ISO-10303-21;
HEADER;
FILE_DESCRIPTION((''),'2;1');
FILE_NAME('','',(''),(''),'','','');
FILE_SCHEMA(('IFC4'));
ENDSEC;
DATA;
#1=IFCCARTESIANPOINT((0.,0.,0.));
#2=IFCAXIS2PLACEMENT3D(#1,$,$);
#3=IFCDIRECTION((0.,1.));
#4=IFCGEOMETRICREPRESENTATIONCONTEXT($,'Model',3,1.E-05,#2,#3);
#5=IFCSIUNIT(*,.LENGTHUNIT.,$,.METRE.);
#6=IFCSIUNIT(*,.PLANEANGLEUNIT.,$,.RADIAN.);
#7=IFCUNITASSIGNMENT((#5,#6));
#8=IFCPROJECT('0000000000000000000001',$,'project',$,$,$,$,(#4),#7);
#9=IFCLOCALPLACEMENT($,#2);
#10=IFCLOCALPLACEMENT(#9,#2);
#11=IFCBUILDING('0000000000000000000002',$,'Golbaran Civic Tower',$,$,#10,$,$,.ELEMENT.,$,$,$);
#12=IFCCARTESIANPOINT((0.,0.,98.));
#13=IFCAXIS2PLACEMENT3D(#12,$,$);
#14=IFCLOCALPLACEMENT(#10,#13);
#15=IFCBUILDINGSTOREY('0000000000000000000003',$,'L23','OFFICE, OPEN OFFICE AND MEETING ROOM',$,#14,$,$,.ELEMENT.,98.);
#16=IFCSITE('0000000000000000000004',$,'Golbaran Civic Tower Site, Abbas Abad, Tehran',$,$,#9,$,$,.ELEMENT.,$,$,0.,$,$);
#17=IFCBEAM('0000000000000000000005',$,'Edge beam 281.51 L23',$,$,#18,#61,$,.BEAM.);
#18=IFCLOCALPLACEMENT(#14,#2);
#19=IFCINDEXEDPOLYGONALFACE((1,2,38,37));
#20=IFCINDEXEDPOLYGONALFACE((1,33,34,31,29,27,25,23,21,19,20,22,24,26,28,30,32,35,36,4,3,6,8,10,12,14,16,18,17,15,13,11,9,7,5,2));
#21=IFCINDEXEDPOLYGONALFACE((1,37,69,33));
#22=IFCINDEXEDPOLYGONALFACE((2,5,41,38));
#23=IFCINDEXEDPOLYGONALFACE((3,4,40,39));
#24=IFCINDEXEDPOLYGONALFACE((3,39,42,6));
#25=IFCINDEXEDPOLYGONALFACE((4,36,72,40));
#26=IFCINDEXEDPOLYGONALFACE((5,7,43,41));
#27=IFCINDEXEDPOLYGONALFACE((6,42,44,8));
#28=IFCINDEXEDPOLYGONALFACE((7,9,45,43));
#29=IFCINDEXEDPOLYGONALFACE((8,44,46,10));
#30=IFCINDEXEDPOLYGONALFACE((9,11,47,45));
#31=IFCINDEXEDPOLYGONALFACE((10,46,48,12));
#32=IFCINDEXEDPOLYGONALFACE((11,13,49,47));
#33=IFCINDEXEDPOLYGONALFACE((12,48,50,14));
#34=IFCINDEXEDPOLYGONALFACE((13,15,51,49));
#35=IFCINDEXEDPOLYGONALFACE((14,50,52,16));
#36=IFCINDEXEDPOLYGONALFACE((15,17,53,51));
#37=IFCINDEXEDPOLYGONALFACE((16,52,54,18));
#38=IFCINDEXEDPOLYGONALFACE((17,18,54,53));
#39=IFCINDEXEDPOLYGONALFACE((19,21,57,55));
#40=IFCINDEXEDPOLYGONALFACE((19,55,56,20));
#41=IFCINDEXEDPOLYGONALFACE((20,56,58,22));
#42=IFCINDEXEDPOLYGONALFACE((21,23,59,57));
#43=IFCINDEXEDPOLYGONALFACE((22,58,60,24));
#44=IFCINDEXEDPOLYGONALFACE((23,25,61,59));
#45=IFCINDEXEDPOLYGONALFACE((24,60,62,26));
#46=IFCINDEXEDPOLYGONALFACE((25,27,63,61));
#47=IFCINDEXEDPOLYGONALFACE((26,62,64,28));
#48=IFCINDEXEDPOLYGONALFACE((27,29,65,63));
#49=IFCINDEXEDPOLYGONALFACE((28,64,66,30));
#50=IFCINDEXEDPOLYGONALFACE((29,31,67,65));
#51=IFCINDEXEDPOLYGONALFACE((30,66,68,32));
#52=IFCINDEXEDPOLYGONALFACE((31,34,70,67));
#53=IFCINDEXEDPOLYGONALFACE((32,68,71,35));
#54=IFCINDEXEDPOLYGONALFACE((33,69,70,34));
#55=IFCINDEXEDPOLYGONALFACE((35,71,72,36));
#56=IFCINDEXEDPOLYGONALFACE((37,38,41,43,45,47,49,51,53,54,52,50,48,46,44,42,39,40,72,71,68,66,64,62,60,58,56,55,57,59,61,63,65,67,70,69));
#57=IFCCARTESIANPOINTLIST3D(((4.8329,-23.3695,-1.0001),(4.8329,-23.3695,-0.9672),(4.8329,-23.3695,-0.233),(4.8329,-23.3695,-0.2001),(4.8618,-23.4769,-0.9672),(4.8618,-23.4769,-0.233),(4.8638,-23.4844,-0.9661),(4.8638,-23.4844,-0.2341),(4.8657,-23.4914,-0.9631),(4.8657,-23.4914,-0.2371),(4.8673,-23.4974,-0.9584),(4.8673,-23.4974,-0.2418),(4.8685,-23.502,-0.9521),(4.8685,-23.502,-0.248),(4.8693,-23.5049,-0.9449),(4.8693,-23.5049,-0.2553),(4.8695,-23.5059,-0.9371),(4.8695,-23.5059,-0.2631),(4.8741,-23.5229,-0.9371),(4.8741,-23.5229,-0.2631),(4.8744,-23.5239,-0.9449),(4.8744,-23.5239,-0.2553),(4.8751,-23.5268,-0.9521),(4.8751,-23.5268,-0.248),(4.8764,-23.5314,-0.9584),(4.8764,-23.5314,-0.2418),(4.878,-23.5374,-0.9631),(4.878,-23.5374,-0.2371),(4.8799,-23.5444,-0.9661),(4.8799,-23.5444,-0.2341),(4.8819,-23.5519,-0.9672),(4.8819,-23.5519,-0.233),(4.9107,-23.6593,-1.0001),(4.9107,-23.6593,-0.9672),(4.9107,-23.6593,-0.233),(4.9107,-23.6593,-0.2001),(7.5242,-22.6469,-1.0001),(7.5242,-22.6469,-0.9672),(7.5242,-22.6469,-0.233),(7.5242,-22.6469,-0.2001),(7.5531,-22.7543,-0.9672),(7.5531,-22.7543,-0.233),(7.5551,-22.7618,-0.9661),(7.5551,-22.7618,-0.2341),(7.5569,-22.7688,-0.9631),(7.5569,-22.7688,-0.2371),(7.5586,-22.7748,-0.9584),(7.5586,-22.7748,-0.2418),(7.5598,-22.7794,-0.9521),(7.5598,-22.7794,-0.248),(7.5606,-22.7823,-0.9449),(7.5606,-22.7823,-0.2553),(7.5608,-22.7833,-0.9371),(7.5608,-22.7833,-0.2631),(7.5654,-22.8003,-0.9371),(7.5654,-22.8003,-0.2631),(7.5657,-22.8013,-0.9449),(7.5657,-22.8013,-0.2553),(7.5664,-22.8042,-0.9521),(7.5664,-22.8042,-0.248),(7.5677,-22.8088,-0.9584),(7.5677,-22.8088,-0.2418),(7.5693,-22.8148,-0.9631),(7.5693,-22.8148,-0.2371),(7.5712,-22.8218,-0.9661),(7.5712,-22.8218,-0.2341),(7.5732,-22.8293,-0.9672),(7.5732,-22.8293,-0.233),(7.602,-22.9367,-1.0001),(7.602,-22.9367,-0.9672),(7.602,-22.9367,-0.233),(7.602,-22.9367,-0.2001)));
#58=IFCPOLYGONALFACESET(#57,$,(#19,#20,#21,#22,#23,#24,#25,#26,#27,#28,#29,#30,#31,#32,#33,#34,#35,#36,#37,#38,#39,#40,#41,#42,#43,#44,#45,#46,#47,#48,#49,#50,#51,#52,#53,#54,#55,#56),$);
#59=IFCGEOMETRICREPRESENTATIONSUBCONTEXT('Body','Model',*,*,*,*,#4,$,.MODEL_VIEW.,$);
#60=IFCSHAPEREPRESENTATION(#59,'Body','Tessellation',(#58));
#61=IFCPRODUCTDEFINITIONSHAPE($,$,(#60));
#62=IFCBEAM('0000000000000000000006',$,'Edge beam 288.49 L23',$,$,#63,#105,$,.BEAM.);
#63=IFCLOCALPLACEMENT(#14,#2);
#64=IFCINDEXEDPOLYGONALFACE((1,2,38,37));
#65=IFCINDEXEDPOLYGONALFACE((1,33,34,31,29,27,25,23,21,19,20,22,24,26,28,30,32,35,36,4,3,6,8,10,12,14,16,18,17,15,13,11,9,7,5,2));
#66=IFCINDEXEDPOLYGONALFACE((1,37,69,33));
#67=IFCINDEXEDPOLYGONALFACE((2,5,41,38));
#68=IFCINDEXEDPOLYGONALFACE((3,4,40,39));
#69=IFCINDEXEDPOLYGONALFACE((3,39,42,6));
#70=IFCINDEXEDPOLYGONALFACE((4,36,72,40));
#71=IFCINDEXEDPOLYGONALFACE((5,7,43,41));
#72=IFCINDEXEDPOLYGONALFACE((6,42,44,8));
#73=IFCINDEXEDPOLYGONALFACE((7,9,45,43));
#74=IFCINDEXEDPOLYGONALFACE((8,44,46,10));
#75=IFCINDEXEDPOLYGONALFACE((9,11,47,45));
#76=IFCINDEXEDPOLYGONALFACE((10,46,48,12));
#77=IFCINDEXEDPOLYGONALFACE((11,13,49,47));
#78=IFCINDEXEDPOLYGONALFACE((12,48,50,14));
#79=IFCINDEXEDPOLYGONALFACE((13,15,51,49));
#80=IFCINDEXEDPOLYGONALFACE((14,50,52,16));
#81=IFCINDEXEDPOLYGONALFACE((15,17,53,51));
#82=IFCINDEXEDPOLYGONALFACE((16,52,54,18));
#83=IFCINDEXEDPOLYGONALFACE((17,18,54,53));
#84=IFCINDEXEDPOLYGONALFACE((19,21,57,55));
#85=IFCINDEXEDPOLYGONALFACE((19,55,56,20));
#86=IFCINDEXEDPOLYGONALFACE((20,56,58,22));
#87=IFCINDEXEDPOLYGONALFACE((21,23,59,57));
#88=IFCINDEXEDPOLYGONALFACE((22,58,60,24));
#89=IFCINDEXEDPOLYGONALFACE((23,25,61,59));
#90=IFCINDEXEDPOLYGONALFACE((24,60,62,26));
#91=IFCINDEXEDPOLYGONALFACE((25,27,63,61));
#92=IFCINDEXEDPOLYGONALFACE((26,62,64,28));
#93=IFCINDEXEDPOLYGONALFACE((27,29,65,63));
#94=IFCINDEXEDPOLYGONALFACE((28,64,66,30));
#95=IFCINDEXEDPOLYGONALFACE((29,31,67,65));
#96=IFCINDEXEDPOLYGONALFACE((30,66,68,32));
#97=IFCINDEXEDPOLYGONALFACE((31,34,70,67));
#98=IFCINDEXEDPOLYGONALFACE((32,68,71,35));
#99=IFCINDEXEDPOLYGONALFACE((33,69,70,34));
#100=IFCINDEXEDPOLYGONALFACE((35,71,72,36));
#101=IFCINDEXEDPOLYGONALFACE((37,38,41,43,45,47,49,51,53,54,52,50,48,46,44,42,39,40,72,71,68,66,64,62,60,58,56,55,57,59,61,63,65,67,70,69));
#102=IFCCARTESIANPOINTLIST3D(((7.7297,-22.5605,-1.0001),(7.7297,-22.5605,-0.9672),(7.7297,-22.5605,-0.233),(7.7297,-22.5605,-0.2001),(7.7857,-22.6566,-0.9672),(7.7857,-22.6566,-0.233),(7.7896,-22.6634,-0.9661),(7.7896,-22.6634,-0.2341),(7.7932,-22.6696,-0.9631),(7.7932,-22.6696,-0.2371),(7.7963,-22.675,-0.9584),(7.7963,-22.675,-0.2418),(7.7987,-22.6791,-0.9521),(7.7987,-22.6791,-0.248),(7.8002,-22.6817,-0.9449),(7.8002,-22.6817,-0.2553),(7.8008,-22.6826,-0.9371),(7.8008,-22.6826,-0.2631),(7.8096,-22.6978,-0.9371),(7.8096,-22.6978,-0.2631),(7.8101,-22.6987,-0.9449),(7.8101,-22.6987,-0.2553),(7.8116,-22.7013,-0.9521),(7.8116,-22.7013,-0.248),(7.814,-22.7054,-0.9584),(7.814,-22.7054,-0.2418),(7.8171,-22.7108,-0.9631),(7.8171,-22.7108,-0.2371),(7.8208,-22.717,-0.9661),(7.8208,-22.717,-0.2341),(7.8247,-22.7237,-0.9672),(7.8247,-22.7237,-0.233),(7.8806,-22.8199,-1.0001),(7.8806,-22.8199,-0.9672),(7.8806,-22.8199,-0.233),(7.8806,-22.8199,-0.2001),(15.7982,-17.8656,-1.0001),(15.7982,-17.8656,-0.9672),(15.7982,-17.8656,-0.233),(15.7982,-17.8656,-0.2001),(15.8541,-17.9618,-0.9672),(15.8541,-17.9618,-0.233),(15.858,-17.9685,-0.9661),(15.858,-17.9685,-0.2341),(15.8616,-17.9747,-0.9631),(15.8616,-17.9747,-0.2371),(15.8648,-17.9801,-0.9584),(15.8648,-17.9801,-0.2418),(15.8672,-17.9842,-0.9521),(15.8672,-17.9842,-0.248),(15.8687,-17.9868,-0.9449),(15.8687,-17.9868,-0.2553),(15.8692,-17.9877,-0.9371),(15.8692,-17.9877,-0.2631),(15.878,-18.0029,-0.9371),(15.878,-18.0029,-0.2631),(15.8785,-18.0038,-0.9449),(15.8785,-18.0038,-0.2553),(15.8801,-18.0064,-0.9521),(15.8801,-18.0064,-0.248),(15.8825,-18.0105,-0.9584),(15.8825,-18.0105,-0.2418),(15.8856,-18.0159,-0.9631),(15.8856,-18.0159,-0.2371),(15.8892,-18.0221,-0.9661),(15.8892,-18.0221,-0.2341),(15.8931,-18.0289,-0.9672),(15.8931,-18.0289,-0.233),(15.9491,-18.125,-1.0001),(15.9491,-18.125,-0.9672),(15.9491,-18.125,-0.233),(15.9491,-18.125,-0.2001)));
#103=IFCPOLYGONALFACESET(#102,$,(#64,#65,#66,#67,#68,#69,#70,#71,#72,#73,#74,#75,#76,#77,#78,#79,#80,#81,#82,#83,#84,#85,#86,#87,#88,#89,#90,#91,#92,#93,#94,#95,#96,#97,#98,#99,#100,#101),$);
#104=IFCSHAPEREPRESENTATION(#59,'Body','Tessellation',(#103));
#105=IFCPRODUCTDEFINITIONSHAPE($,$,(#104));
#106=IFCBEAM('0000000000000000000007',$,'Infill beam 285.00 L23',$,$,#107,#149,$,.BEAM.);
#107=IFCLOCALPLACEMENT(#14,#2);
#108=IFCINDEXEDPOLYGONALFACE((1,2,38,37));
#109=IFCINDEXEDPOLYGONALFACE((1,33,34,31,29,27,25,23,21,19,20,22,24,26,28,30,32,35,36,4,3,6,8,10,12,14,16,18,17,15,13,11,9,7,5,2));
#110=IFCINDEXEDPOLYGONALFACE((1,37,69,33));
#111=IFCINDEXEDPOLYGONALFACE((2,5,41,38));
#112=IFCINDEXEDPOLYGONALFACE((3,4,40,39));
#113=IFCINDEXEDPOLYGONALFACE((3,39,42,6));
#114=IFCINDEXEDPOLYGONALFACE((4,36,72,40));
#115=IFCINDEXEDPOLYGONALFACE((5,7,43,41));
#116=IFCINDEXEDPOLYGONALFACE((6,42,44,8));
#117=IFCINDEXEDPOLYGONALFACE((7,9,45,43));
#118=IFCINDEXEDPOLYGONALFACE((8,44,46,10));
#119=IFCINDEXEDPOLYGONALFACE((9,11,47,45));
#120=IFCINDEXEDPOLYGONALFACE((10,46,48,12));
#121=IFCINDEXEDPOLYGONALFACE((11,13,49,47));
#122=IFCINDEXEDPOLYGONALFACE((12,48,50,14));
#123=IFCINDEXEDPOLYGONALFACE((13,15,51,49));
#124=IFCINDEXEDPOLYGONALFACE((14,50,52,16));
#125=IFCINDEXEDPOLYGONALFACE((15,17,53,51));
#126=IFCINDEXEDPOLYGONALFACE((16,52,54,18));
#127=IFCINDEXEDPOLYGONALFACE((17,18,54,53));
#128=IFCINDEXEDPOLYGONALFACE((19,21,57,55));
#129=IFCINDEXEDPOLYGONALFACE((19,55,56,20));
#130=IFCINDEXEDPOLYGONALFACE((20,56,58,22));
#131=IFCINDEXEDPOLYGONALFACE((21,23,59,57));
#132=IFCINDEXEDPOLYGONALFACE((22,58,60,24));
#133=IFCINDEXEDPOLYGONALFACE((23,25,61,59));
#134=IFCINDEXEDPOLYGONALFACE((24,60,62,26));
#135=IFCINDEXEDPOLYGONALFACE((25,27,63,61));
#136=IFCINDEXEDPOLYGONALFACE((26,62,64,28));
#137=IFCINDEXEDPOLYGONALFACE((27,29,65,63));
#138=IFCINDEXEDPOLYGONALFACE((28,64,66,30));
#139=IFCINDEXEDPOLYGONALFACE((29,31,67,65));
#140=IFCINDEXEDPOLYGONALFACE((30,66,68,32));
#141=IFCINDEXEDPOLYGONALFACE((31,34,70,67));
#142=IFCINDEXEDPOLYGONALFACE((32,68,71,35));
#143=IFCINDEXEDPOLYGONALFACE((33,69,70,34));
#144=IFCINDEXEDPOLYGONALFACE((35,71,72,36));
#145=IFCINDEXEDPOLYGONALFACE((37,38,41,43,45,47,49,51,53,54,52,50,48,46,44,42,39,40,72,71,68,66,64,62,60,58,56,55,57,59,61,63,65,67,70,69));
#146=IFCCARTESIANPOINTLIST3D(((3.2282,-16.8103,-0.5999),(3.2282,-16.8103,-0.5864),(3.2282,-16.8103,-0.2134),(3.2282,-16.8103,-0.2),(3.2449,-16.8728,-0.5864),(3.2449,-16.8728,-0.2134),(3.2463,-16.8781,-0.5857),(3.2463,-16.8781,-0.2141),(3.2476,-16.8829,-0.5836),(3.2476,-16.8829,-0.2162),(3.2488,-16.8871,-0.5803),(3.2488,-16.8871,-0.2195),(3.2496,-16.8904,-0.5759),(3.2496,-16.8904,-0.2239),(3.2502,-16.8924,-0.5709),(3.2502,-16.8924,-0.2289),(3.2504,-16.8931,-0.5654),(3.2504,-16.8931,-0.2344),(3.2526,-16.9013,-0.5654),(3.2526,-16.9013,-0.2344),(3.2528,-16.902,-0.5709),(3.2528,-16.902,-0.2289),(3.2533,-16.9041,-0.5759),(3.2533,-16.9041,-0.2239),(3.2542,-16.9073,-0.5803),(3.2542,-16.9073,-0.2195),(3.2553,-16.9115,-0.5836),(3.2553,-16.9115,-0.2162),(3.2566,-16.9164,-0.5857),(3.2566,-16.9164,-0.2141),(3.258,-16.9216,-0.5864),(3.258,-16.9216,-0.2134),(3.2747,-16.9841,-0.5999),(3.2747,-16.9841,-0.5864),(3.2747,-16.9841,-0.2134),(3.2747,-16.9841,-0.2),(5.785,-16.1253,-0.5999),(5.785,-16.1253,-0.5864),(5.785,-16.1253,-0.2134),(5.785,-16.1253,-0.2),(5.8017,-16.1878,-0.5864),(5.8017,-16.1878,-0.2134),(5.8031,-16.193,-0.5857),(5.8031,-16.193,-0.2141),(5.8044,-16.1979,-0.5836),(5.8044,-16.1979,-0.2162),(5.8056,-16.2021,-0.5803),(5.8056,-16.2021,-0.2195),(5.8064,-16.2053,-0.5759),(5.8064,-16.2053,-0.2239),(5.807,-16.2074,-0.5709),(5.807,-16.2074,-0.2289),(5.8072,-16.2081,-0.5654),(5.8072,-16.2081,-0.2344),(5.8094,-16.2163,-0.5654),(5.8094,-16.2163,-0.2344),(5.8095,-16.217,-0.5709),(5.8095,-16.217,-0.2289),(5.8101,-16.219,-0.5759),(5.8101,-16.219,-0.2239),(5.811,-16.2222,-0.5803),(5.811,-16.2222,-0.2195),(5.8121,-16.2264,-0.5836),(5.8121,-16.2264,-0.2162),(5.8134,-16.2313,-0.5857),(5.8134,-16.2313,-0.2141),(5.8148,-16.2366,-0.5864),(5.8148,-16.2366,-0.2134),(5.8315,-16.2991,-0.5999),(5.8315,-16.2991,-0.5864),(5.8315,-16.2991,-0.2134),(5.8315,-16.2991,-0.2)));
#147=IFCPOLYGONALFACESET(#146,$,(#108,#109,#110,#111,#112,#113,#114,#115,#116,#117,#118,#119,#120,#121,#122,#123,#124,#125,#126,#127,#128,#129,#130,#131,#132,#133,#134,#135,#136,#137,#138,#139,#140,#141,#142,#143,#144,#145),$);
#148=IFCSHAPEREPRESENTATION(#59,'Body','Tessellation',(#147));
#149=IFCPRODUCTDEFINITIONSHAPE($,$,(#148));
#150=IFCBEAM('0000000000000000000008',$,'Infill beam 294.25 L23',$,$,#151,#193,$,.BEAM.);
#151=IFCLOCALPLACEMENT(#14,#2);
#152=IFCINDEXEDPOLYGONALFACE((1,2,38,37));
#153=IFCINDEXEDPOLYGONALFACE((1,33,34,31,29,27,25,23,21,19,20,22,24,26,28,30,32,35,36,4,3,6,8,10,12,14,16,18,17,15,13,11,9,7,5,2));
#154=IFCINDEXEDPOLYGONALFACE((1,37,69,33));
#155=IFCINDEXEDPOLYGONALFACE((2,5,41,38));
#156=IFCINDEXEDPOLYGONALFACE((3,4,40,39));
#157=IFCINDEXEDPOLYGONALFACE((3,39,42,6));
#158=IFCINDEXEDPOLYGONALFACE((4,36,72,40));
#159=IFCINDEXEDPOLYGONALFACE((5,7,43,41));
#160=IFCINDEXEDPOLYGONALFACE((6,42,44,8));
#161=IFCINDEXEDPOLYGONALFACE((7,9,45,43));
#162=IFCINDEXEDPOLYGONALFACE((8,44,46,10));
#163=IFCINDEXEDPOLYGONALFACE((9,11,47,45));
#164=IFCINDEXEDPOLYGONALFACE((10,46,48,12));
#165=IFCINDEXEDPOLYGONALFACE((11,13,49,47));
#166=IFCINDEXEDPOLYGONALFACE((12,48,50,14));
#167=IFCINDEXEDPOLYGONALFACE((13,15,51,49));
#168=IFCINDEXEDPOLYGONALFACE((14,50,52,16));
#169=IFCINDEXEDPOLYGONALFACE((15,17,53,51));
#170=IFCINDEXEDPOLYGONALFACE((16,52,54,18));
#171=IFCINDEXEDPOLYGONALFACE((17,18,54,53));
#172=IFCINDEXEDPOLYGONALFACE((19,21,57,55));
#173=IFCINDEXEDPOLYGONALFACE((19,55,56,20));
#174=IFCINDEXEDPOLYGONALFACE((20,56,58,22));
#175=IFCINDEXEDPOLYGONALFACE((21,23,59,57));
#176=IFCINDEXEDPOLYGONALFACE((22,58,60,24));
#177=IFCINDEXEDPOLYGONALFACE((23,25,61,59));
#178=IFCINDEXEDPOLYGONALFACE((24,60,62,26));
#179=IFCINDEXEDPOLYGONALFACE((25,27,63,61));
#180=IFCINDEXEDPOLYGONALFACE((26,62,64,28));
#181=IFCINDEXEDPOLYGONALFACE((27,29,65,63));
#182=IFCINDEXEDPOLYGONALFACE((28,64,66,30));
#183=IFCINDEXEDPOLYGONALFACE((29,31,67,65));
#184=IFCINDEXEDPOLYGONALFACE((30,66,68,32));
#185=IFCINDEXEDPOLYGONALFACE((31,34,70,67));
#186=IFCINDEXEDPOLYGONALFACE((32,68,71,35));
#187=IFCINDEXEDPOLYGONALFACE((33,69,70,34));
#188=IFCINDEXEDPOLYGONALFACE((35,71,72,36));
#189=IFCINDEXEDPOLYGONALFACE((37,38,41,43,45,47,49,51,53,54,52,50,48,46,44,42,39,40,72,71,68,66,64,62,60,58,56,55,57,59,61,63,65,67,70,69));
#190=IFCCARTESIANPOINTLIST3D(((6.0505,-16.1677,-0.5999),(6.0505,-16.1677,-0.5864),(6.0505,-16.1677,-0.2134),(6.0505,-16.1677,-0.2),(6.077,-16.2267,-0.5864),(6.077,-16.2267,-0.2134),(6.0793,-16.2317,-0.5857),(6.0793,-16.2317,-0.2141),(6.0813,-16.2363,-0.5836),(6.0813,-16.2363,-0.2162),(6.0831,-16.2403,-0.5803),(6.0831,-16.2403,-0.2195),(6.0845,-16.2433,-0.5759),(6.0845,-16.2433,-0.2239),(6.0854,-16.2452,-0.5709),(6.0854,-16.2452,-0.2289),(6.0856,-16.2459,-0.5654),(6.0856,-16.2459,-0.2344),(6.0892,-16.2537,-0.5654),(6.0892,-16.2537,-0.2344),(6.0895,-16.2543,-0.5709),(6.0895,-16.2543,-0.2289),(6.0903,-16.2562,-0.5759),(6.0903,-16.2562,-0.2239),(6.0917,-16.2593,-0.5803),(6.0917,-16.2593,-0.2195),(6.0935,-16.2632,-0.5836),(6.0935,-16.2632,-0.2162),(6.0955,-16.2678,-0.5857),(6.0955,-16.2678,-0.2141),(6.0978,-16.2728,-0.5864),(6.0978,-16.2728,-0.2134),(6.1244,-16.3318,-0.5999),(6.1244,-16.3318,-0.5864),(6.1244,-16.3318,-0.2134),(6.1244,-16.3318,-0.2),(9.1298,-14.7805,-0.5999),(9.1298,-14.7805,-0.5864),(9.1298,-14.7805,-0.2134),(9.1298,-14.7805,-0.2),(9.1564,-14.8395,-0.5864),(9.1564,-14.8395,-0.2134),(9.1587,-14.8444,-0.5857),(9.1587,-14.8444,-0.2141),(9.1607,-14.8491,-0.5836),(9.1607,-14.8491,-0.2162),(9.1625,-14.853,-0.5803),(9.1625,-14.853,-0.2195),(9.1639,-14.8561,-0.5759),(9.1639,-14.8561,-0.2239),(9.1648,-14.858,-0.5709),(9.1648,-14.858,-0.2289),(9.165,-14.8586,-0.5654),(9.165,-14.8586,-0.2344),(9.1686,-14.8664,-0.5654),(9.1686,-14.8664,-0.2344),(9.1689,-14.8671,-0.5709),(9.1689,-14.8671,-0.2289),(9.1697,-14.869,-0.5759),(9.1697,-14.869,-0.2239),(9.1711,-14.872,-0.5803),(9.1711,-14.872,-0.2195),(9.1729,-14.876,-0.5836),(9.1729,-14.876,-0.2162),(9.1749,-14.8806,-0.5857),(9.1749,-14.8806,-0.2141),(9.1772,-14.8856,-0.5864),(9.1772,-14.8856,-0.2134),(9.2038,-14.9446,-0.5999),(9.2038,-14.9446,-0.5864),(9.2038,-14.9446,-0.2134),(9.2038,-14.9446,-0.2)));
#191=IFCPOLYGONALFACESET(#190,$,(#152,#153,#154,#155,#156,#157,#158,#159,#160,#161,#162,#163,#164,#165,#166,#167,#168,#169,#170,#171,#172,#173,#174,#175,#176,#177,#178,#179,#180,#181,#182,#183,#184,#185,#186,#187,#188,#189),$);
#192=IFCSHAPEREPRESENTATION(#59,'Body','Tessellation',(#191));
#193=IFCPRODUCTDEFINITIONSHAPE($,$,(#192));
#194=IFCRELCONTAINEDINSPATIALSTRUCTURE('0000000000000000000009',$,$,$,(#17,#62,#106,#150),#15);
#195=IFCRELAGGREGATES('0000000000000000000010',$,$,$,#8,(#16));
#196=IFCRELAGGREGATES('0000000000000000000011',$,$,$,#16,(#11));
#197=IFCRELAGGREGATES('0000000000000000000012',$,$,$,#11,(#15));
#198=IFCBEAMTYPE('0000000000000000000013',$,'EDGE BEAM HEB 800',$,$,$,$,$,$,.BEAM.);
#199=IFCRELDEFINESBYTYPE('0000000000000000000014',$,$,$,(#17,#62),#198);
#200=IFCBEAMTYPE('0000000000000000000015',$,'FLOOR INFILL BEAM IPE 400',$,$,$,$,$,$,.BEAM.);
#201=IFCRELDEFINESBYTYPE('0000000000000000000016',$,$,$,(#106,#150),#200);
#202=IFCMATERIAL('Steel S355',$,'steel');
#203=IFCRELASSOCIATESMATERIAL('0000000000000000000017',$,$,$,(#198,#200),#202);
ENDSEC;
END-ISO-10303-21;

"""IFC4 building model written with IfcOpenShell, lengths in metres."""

from ifc_helpers import new_model, si_unit, direction, frame, origin, origin_2d, place, context, subcontext, project, spatial, i_section, extrude, material, material_profile, profile_set, type_object, element, save


model = new_model("IFC4")

# Units and contexts
model_context = context("Model", 3, precision=1e-05, world=origin(), true_north=direction((0.0, 1.0)))
body_context = subcontext(model_context, "Body", "Model", "MODEL_VIEW")
ifc_project = project(units=[si_unit("LENGTHUNIT", "METRE"), si_unit("PLANEANGLEUNIT", "RADIAN")], contexts=[model_context])

# Site, building, storey
site_placement = place(None, origin())
site = spatial("IfcSite", under=ifc_project, at=site_placement, Name="Golbaran Civic Tower Site, Abbas Abad, Tehran", CompositionType="ELEMENT", RefElevation=0.0)
building_placement = place(site_placement, origin())
building = spatial("IfcBuilding", under=site, at=building_placement, Name="Golbaran Civic Tower", CompositionType="ELEMENT")
storey_placement = place(building_placement, frame((0.0, 0.0, 98.0)))
storey = spatial("IfcBuildingStorey", under=building, at=storey_placement, Name="L23", Description="OFFICE, OPEN OFFICE AND MEETING ROOM", CompositionType="ELEMENT", Elevation=98.0)

# Beams
ifc_material_1 = material(Name="Steel S355", Category="steel")
ifc_material_profile_1 = material_profile(ifc_material_1, i_section(OverallWidth=0.3, OverallDepth=0.8, WebThickness=0.0176, FlangeThickness=0.033, FilletRadius=0.03, at=origin_2d()), Name="HEB 800")
ifc_profile_set_1 = profile_set([ifc_material_profile_1], Name="Steel S355")
beam_type_1 = type_object("IfcBeamType", Name="EDGE BEAM HEB 800", PredefinedType="BEAM", material=ifc_profile_set_1)
beam_1_placement = place(storey_placement, frame((4.8718, -23.5144, -0.6001), z_axis=(0.965791, 0.25932, 0.0), x_axis=(-0.25932, 0.965791, 0.0)))
element("IfcBeam", 1, at=beam_1_placement, inside=storey, type_object=beam_type_1, Name="Edge beam 281.51 L23", PredefinedType="BEAM", context=body_context, shape_type="SweptSolid", body=[
    extrude(i_section(OverallWidth=0.3, OverallDepth=0.8, WebThickness=0.0176, FlangeThickness=0.033, FilletRadius=0.03, at=origin_2d()), origin(), (0.0, 0.0, 1.0), 2.7866),
])
beam_2_placement = place(storey_placement, frame((7.8052, -22.6902, -0.6001), z_axis=(0.864325, 0.502934, 0.0), x_axis=(-0.502934, 0.864325, 0.0)))
element("IfcBeam", 2, at=beam_2_placement, inside=storey, type_object=beam_type_1, Name="Edge beam 288.49 L23", PredefinedType="BEAM", context=body_context, shape_type="SweptSolid", body=[
    extrude(i_section(OverallWidth=0.3, OverallDepth=0.8, WebThickness=0.0176, FlangeThickness=0.033, FilletRadius=0.03, at=origin_2d()), origin(), (0.0, 0.0, 1.0), 9.335),
])
ifc_material_profile_2 = material_profile(ifc_material_1, i_section(OverallWidth=0.1799, OverallDepth=0.3999, WebThickness=0.0085, FlangeThickness=0.0134, FilletRadius=0.021, at=origin_2d()), Name="IPE 400")
ifc_profile_set_2 = profile_set([ifc_material_profile_2], Name="Steel S355")
beam_type_2 = type_object("IfcBeamType", Name="FLOOR INFILL BEAM IPE 400", PredefinedType="BEAM", material=ifc_profile_set_2)
beam_3_placement = place(storey_placement, frame((3.2515, -16.8972, -0.3999), z_axis=(0.965931, 0.258799, 0.0), x_axis=(-0.258799, 0.965931, 0.0)))
element("IfcBeam", 3, at=beam_3_placement, inside=storey, type_object=beam_type_2, Name="Infill beam 285.00 L23", PredefinedType="BEAM", context=body_context, shape_type="SweptSolid", body=[
    extrude(i_section(OverallWidth=0.1799, OverallDepth=0.3999, WebThickness=0.0085, FlangeThickness=0.0134, FilletRadius=0.021, at=origin_2d()), origin(), (0.0, 0.0, 1.0), 2.647),
])
beam_4_placement = place(storey_placement, frame((6.0874, -16.2498, -0.3999), z_axis=(0.911755, 0.410734, 0.0), x_axis=(-0.410734, 0.911755, 0.0)))
element("IfcBeam", 4, at=beam_4_placement, inside=storey, type_object=beam_type_2, Name="Infill beam 294.25 L23", PredefinedType="BEAM", context=body_context, shape_type="SweptSolid", body=[
    extrude(i_section(OverallWidth=0.1799, OverallDepth=0.3999, WebThickness=0.0085, FlangeThickness=0.0134, FilletRadius=0.021, at=origin_2d()), origin(), (0.0, 0.0, 1.0), 3.3774),
])

save(model, "model.ifc")
